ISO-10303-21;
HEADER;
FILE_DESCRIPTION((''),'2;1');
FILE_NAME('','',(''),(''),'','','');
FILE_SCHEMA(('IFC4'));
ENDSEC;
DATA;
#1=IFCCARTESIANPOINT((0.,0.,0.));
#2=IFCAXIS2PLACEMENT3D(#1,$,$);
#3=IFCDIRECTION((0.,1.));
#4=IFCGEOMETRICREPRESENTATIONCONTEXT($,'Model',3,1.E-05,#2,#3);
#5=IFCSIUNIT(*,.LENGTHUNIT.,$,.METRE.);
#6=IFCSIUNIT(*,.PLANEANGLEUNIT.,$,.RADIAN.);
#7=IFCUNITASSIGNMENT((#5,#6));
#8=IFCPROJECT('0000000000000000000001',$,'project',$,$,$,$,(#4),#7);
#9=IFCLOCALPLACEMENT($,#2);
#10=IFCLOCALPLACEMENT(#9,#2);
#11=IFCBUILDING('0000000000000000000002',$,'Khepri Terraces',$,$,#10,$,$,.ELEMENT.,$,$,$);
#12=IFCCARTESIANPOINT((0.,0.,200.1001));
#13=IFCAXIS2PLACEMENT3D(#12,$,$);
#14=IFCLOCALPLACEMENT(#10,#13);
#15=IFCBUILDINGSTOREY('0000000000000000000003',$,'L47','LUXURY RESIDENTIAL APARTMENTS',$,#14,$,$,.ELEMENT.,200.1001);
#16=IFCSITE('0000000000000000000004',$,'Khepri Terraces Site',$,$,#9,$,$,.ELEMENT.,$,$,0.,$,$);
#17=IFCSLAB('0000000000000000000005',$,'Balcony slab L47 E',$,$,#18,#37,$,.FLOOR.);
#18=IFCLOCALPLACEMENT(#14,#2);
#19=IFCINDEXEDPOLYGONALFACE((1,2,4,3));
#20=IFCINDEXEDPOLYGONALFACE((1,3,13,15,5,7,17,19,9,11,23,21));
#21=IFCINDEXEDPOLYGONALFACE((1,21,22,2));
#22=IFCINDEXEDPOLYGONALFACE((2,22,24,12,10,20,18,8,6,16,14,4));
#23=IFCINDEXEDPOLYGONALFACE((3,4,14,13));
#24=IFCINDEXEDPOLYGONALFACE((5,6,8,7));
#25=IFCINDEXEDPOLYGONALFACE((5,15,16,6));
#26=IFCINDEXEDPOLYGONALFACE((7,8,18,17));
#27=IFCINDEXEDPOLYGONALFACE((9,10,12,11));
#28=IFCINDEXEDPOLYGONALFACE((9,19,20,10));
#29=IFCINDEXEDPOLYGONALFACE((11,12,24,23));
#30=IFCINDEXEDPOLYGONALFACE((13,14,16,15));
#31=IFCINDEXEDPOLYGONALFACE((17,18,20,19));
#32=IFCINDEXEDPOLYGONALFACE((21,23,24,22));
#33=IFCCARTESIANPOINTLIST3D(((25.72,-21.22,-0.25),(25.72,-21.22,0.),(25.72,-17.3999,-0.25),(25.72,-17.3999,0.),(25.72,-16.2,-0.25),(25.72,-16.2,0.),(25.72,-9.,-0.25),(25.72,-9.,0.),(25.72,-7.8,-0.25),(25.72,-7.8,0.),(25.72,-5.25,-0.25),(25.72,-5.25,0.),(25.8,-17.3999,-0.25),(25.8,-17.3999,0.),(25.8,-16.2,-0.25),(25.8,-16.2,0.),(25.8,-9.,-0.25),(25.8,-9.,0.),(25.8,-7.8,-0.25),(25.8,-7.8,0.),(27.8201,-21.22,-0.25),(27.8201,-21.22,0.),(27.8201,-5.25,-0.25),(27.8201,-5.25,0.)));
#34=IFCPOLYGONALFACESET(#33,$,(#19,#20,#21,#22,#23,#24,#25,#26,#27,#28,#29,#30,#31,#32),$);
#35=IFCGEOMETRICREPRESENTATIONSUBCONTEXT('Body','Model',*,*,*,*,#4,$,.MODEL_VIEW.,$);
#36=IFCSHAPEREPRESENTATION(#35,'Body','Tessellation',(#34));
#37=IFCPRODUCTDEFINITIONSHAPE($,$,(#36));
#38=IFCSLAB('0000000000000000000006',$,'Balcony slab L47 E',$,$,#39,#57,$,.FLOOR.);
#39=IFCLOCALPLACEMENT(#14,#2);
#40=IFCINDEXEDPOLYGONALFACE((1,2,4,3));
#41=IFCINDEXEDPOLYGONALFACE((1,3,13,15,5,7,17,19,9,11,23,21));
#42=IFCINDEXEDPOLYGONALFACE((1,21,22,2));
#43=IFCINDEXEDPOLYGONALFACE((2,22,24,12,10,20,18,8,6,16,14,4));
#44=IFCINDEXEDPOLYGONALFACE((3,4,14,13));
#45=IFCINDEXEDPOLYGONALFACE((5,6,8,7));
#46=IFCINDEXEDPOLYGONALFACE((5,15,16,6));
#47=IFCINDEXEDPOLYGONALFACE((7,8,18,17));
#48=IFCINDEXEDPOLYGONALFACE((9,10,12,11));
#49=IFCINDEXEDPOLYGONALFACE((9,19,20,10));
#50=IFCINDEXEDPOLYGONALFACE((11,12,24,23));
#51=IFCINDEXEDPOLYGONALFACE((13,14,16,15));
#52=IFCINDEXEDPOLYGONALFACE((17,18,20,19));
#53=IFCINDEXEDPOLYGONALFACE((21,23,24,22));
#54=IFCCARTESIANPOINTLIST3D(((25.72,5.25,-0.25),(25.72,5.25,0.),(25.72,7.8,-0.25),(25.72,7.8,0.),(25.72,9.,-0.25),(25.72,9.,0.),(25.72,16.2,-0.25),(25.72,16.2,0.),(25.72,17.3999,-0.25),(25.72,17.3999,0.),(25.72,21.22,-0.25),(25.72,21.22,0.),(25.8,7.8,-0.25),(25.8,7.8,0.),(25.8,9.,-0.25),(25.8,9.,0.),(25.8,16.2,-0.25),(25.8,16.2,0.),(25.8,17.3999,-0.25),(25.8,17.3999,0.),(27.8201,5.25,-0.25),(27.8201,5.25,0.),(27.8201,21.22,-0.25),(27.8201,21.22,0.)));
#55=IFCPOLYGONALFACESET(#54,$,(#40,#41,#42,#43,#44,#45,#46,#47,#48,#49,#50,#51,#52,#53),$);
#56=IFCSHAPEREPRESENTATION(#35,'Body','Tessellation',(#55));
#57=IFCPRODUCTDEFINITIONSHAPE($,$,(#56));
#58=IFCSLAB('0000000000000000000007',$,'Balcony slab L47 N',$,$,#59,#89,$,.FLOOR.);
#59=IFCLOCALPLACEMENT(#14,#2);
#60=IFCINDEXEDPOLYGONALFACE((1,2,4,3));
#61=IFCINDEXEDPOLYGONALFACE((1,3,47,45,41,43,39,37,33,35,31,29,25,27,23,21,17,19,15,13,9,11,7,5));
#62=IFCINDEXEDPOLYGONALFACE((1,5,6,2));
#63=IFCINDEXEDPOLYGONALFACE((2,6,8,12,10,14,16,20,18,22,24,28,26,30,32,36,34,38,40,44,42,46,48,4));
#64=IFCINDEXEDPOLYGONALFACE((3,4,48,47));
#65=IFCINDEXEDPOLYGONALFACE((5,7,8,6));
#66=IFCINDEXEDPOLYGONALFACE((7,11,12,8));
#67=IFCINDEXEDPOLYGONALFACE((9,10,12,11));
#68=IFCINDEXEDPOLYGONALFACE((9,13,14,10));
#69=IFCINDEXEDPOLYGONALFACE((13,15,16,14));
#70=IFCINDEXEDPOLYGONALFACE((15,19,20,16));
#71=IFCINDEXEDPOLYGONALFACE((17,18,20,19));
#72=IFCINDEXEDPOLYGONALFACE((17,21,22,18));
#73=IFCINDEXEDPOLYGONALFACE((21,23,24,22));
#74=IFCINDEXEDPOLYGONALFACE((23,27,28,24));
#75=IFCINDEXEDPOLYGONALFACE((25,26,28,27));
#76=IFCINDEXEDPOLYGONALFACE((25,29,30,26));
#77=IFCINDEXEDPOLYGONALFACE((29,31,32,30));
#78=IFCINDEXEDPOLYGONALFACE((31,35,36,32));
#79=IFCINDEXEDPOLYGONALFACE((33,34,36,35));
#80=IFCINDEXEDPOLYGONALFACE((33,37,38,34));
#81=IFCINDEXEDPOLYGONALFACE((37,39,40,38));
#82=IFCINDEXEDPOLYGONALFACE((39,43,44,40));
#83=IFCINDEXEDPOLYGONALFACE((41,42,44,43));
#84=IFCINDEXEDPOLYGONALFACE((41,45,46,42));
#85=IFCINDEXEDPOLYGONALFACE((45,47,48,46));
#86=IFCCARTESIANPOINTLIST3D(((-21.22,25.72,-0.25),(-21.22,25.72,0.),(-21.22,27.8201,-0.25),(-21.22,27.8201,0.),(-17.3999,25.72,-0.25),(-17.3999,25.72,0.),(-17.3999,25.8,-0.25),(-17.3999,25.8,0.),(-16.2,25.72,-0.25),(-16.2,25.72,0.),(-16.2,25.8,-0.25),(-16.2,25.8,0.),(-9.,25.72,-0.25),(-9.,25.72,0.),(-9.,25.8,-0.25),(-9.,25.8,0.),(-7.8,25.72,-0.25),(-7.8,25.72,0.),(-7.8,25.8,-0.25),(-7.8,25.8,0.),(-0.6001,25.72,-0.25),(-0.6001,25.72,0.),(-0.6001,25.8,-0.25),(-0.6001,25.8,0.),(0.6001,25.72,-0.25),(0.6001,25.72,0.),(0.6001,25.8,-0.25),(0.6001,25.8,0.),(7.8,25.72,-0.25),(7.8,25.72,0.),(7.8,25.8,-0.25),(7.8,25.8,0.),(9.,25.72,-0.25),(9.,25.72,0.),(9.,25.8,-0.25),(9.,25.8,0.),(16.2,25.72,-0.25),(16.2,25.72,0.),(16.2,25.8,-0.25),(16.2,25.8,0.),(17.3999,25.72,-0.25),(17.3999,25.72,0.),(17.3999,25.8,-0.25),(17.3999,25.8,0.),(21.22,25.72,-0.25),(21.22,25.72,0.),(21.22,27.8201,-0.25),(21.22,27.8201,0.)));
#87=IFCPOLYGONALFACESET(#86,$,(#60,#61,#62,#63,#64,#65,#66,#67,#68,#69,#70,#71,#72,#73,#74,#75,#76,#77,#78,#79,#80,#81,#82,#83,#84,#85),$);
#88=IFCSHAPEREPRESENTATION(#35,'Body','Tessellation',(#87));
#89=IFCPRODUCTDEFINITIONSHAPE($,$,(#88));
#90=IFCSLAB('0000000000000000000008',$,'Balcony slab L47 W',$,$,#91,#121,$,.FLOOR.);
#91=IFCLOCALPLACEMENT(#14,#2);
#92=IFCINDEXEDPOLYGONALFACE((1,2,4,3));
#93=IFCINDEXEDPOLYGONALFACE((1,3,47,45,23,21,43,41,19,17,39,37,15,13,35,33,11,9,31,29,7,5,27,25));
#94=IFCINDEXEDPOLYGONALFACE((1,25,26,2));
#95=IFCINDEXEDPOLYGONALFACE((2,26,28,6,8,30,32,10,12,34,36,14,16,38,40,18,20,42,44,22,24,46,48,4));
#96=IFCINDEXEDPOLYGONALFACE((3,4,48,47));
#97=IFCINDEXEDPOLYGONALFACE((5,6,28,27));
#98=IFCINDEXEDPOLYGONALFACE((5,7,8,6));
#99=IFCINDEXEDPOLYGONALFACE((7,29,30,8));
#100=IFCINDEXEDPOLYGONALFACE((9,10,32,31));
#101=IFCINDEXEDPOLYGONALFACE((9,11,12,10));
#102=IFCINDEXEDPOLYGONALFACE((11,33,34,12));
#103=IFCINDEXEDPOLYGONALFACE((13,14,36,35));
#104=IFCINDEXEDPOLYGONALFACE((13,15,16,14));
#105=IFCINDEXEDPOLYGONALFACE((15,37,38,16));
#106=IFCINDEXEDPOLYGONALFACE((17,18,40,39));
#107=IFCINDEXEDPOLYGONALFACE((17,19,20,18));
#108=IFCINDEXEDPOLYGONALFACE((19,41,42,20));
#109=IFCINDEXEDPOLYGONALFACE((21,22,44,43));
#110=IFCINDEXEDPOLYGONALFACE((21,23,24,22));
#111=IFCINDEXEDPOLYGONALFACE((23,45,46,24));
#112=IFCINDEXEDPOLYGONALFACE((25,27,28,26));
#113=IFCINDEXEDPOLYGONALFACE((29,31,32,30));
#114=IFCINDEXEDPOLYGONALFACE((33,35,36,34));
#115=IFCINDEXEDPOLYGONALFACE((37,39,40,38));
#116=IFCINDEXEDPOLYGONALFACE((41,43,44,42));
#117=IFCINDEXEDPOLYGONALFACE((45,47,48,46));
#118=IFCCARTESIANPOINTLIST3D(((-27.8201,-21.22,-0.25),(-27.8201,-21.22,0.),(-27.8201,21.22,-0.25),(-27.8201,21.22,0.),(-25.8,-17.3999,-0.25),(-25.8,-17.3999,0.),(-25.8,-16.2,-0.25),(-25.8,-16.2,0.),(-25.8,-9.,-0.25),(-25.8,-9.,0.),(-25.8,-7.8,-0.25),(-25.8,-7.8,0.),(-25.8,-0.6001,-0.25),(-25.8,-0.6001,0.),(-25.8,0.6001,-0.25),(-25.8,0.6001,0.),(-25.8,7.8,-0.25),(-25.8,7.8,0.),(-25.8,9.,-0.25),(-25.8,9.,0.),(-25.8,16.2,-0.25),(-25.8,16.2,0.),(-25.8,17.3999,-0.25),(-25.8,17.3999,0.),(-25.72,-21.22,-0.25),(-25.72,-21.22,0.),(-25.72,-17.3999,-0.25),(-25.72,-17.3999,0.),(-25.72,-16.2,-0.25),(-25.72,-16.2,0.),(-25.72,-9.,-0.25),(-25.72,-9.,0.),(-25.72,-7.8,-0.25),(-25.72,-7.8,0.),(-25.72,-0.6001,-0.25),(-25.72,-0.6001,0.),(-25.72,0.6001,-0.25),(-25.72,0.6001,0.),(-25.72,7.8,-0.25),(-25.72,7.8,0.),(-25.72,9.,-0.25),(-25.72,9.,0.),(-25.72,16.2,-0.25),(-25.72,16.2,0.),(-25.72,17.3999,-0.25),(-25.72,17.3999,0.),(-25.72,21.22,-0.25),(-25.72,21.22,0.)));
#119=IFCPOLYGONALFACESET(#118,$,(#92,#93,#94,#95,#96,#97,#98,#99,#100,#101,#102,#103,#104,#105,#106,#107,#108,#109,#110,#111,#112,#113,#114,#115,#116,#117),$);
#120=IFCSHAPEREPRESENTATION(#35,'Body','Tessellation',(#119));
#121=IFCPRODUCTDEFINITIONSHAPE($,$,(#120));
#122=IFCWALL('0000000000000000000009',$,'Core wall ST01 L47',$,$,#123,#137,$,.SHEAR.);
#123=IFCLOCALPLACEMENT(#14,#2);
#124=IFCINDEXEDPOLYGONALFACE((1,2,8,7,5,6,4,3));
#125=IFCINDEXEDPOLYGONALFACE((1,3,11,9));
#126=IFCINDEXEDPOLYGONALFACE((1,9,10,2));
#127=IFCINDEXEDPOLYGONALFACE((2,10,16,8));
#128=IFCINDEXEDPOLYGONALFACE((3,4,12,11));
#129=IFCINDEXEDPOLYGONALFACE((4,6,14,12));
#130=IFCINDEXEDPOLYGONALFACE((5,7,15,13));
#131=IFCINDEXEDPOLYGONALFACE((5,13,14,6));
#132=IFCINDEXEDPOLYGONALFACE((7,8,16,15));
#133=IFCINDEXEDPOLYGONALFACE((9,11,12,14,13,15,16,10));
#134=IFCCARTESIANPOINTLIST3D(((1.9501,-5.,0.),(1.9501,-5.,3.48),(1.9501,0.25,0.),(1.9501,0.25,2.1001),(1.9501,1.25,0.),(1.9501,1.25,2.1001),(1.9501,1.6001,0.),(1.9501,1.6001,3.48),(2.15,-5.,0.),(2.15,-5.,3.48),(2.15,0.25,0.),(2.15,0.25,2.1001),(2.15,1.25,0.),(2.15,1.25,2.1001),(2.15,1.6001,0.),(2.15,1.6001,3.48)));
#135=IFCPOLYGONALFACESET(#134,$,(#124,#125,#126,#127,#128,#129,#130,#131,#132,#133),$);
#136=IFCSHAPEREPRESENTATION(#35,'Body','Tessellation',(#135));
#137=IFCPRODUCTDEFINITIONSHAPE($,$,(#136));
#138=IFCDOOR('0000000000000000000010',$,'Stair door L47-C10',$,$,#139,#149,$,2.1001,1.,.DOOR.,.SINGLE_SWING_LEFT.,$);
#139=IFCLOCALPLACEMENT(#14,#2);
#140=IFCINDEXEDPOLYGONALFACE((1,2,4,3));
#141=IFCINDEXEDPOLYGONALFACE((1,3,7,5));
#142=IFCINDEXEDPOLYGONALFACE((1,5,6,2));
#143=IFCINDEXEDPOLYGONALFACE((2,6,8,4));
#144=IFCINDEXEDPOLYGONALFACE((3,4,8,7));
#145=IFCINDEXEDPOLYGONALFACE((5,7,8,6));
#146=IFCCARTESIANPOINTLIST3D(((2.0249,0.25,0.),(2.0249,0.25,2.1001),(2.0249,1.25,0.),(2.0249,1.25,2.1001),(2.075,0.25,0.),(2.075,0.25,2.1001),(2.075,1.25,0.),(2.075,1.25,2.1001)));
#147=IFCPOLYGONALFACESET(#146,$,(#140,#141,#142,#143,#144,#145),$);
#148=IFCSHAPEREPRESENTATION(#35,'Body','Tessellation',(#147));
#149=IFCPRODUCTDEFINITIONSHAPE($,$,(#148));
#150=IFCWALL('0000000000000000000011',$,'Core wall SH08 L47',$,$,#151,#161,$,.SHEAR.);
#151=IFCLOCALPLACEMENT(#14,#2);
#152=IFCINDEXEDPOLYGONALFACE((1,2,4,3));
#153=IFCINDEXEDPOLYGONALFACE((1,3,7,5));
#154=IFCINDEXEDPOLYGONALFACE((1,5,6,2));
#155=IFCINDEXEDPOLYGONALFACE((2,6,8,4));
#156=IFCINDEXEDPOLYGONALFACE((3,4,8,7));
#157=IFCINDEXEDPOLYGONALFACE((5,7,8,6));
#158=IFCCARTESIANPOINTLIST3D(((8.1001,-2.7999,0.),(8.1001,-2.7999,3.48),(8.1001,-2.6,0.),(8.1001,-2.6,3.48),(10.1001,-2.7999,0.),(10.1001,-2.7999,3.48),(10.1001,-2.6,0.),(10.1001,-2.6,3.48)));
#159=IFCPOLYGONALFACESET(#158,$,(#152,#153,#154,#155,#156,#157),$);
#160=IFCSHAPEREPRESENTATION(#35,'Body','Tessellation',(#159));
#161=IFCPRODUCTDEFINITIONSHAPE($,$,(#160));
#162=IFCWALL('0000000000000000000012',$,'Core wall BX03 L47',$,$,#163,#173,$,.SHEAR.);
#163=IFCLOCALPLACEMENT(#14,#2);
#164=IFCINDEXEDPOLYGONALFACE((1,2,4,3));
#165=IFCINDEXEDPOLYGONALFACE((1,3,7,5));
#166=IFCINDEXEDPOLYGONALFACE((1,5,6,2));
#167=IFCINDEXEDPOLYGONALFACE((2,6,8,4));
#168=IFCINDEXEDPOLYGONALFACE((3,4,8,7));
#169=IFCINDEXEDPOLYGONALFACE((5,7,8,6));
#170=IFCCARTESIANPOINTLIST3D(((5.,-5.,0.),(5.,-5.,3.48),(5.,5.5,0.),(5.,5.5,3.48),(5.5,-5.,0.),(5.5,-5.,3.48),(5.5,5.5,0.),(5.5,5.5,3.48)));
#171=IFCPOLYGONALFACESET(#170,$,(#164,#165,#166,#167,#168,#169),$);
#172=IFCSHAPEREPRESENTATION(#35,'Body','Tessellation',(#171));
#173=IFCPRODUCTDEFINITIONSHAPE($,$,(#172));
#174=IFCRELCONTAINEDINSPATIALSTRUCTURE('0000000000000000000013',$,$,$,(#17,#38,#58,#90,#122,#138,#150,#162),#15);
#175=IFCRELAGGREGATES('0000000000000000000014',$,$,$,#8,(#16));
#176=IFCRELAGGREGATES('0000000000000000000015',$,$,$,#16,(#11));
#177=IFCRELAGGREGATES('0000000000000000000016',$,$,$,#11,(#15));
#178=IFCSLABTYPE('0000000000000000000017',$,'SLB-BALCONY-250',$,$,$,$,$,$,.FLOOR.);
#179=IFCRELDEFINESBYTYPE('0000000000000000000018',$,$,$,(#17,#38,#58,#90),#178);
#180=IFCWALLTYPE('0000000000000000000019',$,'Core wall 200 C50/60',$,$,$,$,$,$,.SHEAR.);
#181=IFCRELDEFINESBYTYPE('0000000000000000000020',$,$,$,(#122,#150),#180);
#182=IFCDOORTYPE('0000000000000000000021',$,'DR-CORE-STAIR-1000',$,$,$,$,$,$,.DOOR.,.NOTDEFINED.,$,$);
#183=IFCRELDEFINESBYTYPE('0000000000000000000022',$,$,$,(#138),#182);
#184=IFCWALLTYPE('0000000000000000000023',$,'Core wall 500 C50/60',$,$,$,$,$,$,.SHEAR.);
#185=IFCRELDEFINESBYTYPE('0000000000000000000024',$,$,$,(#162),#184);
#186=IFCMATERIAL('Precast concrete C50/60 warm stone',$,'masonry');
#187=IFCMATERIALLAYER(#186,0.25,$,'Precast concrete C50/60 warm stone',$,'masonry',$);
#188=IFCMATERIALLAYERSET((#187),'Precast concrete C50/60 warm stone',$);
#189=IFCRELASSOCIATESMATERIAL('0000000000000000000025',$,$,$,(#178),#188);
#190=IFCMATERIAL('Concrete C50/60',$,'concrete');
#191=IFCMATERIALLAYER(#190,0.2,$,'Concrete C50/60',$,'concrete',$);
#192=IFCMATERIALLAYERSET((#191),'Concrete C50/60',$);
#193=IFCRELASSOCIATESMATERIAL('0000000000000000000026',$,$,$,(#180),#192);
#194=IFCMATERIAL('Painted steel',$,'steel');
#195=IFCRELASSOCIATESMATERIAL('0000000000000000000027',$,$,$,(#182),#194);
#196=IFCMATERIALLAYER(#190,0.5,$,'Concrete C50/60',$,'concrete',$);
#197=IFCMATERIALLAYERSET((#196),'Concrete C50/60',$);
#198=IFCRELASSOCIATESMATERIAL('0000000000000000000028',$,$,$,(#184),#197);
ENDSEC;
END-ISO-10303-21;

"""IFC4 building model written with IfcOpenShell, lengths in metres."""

from ifc_helpers import new_model, si_unit, direction, frame, frame_2d, origin, place, context, subcontext, project, spatial, polyline, rectangle, outline, extrude, material, layer, layer_set, type_object, element, fill, save


model = new_model("IFC4")

# Units and contexts
model_context = context("Model", 3, precision=1e-05, world=origin(), true_north=direction((0.0, 1.0)))
body_context = subcontext(model_context, "Body", "Model", "MODEL_VIEW")
ifc_project = project(units=[si_unit("LENGTHUNIT", "METRE"), si_unit("PLANEANGLEUNIT", "RADIAN")], contexts=[model_context])

# Site, building, storey
site_placement = place(None, origin())
site = spatial("IfcSite", under=ifc_project, at=site_placement, Name="Khepri Terraces Site", CompositionType="ELEMENT", RefElevation=0.0)
building_placement = place(site_placement, origin())
building = spatial("IfcBuilding", under=site, at=building_placement, Name="Khepri Terraces", CompositionType="ELEMENT")
storey_placement = place(building_placement, frame((0.0, 0.0, 200.1001)))
storey = spatial("IfcBuildingStorey", under=building, at=storey_placement, Name="L47", Description="LUXURY RESIDENTIAL APARTMENTS", CompositionType="ELEMENT", Elevation=200.1001)

# Slabs
ifc_material_1 = material(Name="Precast concrete C50/60 warm stone", Category="masonry")
ifc_layer_1 = layer(ifc_material_1, 0.25, Name="Precast concrete C50/60 warm stone", Category="masonry")
ifc_layer_set_1 = layer_set([ifc_layer_1], Name="Precast concrete C50/60 warm stone")
slab_type = type_object("IfcSlabType", Name="SLB-BALCONY-250", PredefinedType="FLOOR", material=ifc_layer_set_1)
slab_1_placement = place(storey_placement, frame((0.0, 0.0, -0.25)))
element("IfcSlab", 1, at=slab_1_placement, inside=storey, type_object=slab_type, Name="Balcony slab L47 E", PredefinedType="FLOOR", context=body_context, shape_type="SweptSolid", body=[
    extrude(outline(polyline([(25.72, -17.3999), (25.72, -21.22), (27.8201, -21.22), (27.8201, -5.25), (25.72, -5.25), (25.72, -7.8), (25.8, -7.8), (25.8, -9.0), (25.72, -9.0), (25.72, -16.2), (25.8, -16.2), (25.8, -17.3999), (25.72, -17.3999)])), origin(), (0.0, 0.0, 1.0), 0.25),
])
slab_2_placement = place(storey_placement, frame((0.0, 0.0, -0.25)))
element("IfcSlab", 2, at=slab_2_placement, inside=storey, type_object=slab_type, Name="Balcony slab L47 E", PredefinedType="FLOOR", context=body_context, shape_type="SweptSolid", body=[
    extrude(outline(polyline([(25.72, 7.8), (25.72, 5.25), (27.8201, 5.25), (27.8201, 21.22), (25.72, 21.22), (25.72, 17.3999), (25.8, 17.3999), (25.8, 16.2), (25.72, 16.2), (25.72, 9.0), (25.8, 9.0), (25.8, 7.8), (25.72, 7.8)])), origin(), (0.0, 0.0, 1.0), 0.25),
])
slab_3_placement = place(storey_placement, frame((0.0, 0.0, -0.25)))
element("IfcSlab", 3, at=slab_3_placement, inside=storey, type_object=slab_type, Name="Balcony slab L47 N", PredefinedType="FLOOR", context=body_context, shape_type="SweptSolid", body=[
    extrude(outline(polyline([(17.3999, 25.72), (21.22, 25.72), (21.22, 27.8201), (-21.22, 27.8201), (-21.22, 25.72), (-17.3999, 25.72), (-17.3999, 25.8), (-16.2, 25.8), (-16.2, 25.72), (-9.0, 25.72), (-9.0, 25.8), (-7.8, 25.8), (-7.8, 25.72), (-0.6001, 25.72), (-0.6001, 25.8), (0.6001, 25.8), (0.6001, 25.72), (7.8, 25.72), (7.8, 25.8), (9.0, 25.8), (9.0, 25.72), (16.2, 25.72), (16.2, 25.8), (17.3999, 25.8), (17.3999, 25.72)])), origin(), (0.0, 0.0, 1.0), 0.25),
])
slab_4_placement = place(storey_placement, frame((0.0, 0.0, -0.25)))
element("IfcSlab", 4, at=slab_4_placement, inside=storey, type_object=slab_type, Name="Balcony slab L47 W", PredefinedType="FLOOR", context=body_context, shape_type="SweptSolid", body=[
    extrude(outline(polyline([(-25.72, 17.3999), (-25.72, 21.22), (-27.8201, 21.22), (-27.8201, -21.22), (-25.72, -21.22), (-25.72, -17.3999), (-25.8, -17.3999), (-25.8, -16.2), (-25.72, -16.2), (-25.72, -9.0), (-25.8, -9.0), (-25.8, -7.8), (-25.72, -7.8), (-25.72, -0.6001), (-25.8, -0.6001), (-25.8, 0.6001), (-25.72, 0.6001), (-25.72, 7.8), (-25.8, 7.8), (-25.8, 9.0), (-25.72, 9.0), (-25.72, 16.2), (-25.8, 16.2), (-25.8, 17.3999), (-25.72, 17.3999)])), origin(), (0.0, 0.0, 1.0), 0.25),
])

# Wall, opening, door
ifc_material_2 = material(Name="Concrete C50/60", Category="concrete")
ifc_layer_2 = layer(ifc_material_2, 0.2, Name="Concrete C50/60", Category="concrete")
ifc_layer_set_2 = layer_set([ifc_layer_2], Name="Concrete C50/60")
wall_type_1 = type_object("IfcWallType", Name="Core wall 200 C50/60", PredefinedType="SHEAR", material=ifc_layer_set_2)
wall_1_placement = place(storey_placement, frame((2.05, -5.0, 0.0), z_axis=(0.0, 0.0, 1.0), x_axis=(0.0, 1.0, 0.0)))
wall_1 = element("IfcWall", 5, at=wall_1_placement, inside=storey, type_object=wall_type_1, Name="Core wall ST01 L47", PredefinedType="SHEAR", context=body_context, shape_type="SweptSolid", body=[
    extrude(rectangle(XDim=6.6001, YDim=0.2, at=frame_2d((3.3, 0.0))), origin(), (0.0, 0.0, 1.0), 3.48),
])
opening_placement = place(wall_1_placement, frame((5.25, 0.0, 0.0)))
opening = element("IfcOpeningElement", 6, at=opening_placement, cuts=wall_1, PredefinedType="OPENING", context=body_context, shape_type="SweptSolid", body=[
    extrude(rectangle(XDim=1.0, YDim=2.1001, at=frame_2d((0.5, 1.05))), frame((0.0, 0.1099, 0.0), z_axis=(0.0, -1.0, 0.0), x_axis=(1.0, 0.0, 0.0)), (0.0, 0.0, 1.0), 0.22),
])
ifc_material_3 = material(Name="Painted steel", Category="steel")
door_type = type_object("IfcDoorType", Name="DR-CORE-STAIR-1000", OperationType="NOTDEFINED", PredefinedType="DOOR", material=ifc_material_3)
door_placement = place(opening_placement, frame((1.0, 0.0, 0.0), z_axis=(0.0, 0.0, 1.0), x_axis=(-1.0, 0.0, 0.0)))
door = element("IfcDoor", 7, at=door_placement, inside=storey, type_object=door_type, Name="Stair door L47-C10", OperationType="SINGLE_SWING_LEFT", OverallHeight=2.1001, OverallWidth=1.0, PredefinedType="DOOR", context=body_context, shape_type="SweptSolid", body=[
    extrude(rectangle(XDim=1.0, YDim=2.1001, at=frame_2d((0.5, 1.05))), frame((0.0, 0.0249, 0.0), z_axis=(0.0, -1.0, 0.0), x_axis=(1.0, 0.0, 0.0)), (0.0, 0.0, 1.0), 0.05),
])
fill(opening, door)

# Walls
wall_2_placement = place(storey_placement, frame((8.1001, -2.7, 0.0), z_axis=(0.0, 0.0, 1.0), x_axis=(1.0, 0.0, 0.0)))
element("IfcWall", 8, at=wall_2_placement, inside=storey, type_object=wall_type_1, Name="Core wall SH08 L47", PredefinedType="SHEAR", context=body_context, shape_type="SweptSolid", body=[
    extrude(rectangle(XDim=2.0, YDim=0.2, at=frame_2d((1.0, 0.0))), origin(), (0.0, 0.0, 1.0), 3.48),
])
ifc_layer_3 = layer(ifc_material_2, 0.5, Name="Concrete C50/60", Category="concrete")
ifc_layer_set_3 = layer_set([ifc_layer_3], Name="Concrete C50/60")
wall_type_2 = type_object("IfcWallType", Name="Core wall 500 C50/60", PredefinedType="SHEAR", material=ifc_layer_set_3)
wall_3_placement = place(storey_placement, frame((5.25, -5.0, 0.0), z_axis=(0.0, 0.0, 1.0), x_axis=(0.0, 1.0, 0.0)))
element("IfcWall", 9, at=wall_3_placement, inside=storey, type_object=wall_type_2, Name="Core wall BX03 L47", PredefinedType="SHEAR", context=body_context, shape_type="SweptSolid", body=[
    extrude(rectangle(XDim=10.5, YDim=0.5, at=frame_2d((5.25, 0.0))), origin(), (0.0, 0.0, 1.0), 3.48),
])

save(model, "model.ifc")
